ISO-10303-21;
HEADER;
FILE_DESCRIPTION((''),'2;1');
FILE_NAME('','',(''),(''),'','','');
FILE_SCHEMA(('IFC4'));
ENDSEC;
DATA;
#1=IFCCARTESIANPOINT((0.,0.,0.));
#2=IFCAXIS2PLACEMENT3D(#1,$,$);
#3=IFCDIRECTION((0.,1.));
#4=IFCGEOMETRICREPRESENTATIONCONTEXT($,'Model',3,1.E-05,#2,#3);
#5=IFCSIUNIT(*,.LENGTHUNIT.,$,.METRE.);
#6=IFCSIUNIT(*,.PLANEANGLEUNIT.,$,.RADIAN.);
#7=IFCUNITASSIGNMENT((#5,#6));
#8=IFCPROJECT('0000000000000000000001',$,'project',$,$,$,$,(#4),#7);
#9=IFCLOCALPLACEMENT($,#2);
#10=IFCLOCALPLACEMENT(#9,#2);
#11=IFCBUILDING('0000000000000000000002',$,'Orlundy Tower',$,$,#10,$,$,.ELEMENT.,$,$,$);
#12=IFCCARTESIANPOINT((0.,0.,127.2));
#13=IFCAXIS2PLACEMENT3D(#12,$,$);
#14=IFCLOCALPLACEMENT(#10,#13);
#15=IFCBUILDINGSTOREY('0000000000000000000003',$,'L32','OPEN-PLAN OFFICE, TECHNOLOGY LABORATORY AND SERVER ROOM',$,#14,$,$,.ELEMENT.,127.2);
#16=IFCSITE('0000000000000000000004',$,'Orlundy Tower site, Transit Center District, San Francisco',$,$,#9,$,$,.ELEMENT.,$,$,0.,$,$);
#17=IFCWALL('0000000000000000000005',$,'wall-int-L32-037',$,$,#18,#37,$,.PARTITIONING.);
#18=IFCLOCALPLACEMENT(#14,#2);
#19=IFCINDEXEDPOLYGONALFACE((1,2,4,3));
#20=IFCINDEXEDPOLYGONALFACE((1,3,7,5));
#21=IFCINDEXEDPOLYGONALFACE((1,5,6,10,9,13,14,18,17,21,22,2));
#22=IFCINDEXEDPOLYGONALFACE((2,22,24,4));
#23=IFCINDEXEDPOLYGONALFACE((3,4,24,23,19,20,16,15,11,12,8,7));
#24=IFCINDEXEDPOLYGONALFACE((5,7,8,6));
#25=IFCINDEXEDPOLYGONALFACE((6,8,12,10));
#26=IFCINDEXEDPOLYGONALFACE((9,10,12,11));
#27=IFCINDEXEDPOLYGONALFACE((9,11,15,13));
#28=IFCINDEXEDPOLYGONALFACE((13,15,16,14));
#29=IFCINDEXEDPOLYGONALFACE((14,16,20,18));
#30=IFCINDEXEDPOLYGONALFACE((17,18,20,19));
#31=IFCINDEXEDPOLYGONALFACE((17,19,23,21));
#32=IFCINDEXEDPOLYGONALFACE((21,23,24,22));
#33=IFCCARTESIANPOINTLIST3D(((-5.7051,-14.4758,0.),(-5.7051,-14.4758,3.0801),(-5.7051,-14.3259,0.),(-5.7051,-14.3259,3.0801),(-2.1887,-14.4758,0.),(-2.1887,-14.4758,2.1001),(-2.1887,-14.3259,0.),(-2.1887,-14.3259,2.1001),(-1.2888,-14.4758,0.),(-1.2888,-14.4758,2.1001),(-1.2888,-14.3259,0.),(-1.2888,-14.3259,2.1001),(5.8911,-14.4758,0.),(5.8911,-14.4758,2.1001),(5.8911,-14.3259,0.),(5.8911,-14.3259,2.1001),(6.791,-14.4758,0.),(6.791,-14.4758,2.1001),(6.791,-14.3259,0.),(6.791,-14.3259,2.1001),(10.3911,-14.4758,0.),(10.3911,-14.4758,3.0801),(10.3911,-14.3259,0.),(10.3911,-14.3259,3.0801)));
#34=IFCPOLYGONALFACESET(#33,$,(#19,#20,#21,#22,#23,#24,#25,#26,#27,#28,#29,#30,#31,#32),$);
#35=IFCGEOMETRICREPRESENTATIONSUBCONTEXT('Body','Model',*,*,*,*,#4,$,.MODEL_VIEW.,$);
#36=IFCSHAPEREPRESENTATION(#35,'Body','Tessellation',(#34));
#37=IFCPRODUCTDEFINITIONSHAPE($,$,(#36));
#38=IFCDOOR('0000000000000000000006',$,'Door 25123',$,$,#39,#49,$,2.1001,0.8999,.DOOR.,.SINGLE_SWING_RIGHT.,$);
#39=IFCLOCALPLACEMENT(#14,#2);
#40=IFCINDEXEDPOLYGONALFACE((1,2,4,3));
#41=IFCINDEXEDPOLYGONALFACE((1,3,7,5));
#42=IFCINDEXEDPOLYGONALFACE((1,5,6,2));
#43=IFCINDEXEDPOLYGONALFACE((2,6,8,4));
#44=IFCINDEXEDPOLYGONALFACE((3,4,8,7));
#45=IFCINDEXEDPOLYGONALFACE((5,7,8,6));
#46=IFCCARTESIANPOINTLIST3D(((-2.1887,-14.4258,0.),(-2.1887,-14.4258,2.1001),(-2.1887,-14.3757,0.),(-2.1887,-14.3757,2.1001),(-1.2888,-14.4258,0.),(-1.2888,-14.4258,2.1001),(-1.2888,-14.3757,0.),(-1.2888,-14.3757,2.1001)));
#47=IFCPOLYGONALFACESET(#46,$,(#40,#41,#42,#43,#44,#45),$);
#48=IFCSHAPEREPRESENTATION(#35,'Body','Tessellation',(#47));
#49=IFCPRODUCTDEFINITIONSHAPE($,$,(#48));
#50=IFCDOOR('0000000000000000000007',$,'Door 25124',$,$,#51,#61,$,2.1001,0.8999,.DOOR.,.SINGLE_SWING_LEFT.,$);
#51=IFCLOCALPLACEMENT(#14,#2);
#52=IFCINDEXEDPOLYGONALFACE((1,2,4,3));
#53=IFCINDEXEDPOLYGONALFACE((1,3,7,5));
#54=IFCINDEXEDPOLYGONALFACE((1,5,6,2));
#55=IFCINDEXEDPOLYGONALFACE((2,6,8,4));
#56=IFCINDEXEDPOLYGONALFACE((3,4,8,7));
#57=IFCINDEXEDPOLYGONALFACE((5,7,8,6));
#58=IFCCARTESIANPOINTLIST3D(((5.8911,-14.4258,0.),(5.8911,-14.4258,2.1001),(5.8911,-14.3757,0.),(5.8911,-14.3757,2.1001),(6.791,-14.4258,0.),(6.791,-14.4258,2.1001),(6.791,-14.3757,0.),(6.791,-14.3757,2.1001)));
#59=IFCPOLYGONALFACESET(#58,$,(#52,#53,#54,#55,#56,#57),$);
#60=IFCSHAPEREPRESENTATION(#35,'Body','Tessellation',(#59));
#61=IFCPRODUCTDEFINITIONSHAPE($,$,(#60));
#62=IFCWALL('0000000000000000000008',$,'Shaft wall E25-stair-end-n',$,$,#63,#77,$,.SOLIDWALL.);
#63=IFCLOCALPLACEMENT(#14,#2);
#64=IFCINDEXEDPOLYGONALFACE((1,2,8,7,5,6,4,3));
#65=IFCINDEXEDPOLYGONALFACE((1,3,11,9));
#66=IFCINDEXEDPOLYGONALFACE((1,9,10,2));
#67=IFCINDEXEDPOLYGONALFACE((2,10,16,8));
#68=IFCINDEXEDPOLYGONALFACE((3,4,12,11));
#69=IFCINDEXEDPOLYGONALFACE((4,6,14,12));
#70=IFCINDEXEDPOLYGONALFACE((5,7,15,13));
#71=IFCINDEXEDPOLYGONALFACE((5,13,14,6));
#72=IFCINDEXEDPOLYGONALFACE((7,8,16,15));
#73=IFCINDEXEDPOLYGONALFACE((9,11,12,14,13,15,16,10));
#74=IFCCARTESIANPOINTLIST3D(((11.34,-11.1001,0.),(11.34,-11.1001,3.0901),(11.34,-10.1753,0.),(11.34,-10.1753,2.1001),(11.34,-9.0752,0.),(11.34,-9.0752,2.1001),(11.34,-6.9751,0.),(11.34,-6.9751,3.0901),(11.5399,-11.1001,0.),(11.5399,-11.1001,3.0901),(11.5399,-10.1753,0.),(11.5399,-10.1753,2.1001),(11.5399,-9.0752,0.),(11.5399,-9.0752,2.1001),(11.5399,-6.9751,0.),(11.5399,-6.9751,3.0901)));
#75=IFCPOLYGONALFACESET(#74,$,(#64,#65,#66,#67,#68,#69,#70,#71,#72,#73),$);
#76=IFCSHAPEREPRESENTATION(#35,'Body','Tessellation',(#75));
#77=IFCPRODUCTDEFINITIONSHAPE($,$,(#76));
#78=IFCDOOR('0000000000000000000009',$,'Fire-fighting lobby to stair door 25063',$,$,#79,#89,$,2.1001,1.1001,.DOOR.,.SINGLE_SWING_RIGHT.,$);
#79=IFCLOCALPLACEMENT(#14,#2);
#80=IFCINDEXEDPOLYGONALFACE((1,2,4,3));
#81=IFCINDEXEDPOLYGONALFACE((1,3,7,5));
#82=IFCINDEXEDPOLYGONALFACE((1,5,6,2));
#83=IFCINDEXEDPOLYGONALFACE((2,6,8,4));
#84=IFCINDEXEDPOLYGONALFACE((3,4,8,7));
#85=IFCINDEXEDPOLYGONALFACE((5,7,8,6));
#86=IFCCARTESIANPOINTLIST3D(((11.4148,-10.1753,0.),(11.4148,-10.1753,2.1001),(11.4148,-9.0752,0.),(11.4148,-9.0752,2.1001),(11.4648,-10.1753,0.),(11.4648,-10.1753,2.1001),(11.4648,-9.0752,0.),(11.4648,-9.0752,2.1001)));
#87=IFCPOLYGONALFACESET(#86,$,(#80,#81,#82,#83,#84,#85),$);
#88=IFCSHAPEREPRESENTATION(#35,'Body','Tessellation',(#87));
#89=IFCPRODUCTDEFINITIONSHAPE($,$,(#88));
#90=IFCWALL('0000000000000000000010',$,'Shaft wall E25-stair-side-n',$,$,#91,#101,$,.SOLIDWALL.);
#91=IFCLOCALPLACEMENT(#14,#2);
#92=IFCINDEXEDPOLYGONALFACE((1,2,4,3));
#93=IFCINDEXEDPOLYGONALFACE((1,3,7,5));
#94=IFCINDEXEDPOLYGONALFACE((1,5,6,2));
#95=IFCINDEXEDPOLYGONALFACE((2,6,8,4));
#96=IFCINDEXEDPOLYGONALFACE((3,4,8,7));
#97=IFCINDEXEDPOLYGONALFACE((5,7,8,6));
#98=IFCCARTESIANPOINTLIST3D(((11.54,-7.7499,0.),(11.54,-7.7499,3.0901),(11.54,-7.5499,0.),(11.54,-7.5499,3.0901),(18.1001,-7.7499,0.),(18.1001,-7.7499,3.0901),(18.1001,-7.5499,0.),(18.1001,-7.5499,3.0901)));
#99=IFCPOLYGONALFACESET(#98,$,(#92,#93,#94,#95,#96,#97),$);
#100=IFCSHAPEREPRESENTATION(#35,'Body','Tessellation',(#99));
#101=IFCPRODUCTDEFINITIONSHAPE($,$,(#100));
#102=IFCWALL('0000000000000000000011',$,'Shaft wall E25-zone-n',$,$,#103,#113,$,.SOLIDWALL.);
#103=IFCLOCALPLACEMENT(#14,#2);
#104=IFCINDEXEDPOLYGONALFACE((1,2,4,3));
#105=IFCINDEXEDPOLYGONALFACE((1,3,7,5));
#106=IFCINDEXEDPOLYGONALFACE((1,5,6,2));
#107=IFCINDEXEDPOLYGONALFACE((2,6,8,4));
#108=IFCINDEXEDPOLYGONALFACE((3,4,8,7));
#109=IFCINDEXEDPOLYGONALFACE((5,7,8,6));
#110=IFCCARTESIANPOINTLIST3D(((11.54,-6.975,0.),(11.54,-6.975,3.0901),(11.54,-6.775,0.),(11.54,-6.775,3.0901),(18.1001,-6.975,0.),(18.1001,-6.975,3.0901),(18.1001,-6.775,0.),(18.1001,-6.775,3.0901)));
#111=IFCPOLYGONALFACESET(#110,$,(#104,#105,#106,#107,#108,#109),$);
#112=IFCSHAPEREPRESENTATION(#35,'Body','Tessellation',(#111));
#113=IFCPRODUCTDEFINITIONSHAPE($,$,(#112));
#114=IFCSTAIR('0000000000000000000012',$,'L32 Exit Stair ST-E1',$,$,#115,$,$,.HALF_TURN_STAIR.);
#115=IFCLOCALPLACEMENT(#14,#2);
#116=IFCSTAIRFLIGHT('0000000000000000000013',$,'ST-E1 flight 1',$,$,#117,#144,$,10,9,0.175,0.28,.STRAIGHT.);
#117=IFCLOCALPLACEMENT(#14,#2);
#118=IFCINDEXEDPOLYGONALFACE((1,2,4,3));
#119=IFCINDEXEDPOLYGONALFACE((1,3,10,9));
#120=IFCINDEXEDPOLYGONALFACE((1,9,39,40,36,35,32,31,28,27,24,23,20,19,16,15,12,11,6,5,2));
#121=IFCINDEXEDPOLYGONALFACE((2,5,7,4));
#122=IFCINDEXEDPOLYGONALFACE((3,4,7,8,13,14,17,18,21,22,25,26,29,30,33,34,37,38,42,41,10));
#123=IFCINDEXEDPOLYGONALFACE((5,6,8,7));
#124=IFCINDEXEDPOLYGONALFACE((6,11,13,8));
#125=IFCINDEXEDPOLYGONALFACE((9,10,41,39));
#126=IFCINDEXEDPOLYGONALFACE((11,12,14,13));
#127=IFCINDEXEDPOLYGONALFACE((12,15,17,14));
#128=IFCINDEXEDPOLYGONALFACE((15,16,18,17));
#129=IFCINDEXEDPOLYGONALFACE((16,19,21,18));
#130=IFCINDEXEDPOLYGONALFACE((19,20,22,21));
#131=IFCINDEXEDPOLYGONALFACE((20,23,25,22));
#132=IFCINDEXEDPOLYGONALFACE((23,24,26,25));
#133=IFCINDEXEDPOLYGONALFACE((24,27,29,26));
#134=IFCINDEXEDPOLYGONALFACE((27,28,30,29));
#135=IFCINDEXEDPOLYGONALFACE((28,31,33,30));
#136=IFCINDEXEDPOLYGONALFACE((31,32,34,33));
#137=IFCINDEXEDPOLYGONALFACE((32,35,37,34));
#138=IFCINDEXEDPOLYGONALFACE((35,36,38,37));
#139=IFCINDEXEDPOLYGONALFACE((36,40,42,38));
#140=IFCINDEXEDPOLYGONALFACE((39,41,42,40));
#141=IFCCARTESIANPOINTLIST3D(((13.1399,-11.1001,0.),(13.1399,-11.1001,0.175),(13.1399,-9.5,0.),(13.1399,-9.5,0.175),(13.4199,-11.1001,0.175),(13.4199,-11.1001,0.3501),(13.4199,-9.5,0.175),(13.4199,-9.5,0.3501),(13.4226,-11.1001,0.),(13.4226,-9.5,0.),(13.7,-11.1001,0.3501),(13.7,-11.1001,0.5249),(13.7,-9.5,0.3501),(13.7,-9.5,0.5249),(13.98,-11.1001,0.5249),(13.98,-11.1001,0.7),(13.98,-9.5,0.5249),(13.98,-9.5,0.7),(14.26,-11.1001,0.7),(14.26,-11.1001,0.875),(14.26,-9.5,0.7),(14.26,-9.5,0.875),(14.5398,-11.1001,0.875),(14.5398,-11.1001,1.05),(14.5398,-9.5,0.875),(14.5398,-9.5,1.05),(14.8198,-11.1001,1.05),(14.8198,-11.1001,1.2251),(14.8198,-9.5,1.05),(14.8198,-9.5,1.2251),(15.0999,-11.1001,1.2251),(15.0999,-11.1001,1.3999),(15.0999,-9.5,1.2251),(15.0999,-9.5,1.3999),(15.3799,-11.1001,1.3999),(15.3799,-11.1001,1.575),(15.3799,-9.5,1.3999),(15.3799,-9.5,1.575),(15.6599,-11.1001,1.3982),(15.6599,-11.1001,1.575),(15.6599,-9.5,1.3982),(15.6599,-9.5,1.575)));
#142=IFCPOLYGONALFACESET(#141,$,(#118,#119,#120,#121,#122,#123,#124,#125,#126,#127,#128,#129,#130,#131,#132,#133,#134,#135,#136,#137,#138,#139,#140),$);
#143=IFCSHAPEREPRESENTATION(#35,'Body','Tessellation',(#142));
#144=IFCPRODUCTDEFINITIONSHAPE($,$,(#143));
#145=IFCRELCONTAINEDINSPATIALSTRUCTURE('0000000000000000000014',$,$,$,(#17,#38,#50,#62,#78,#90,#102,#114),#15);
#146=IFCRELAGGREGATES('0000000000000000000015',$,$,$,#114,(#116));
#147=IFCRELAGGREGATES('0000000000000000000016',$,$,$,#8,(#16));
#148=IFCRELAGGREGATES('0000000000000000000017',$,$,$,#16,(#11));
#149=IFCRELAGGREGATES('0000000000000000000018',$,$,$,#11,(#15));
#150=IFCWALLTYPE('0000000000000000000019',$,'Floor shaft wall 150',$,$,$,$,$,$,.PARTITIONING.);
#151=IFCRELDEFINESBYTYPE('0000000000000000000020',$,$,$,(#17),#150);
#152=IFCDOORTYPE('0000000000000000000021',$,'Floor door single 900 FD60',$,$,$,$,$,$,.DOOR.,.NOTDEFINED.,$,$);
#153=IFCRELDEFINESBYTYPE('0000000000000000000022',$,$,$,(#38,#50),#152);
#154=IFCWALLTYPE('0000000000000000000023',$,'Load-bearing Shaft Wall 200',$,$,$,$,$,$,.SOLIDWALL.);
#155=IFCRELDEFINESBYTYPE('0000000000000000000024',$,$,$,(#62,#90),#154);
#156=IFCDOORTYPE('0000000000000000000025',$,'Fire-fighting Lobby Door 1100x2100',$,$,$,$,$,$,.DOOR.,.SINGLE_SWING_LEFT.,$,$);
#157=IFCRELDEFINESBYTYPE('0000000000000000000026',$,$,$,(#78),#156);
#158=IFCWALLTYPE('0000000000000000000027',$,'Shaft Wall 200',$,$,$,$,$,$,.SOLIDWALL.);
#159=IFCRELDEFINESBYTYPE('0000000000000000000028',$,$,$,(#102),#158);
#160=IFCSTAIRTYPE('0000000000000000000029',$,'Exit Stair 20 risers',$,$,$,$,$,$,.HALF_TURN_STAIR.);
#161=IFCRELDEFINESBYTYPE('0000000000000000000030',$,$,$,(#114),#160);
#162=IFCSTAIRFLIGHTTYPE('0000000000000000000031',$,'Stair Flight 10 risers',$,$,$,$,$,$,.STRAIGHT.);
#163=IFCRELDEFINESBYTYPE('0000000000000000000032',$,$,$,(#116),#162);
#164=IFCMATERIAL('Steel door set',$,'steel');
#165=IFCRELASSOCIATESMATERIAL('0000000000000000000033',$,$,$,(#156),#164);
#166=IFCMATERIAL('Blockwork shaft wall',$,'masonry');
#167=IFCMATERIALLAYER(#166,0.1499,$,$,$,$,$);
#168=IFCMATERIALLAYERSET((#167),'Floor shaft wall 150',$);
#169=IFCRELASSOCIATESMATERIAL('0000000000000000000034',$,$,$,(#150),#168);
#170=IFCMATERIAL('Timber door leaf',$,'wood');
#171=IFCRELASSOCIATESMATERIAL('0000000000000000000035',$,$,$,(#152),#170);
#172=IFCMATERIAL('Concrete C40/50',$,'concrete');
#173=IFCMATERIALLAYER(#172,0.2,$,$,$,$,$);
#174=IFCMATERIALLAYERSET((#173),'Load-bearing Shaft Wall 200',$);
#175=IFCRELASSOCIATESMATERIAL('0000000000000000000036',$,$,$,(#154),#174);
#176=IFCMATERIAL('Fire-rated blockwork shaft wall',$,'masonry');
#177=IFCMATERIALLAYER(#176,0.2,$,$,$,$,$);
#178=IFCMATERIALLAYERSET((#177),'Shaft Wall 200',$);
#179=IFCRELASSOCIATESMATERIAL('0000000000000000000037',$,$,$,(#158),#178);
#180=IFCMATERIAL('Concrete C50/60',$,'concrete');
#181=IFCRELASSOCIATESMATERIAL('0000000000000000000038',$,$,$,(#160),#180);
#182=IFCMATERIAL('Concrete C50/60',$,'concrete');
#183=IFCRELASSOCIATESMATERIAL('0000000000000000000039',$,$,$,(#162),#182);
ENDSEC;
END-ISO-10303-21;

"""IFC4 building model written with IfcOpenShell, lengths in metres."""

from ifc_helpers import new_model, si_unit, direction, frame, frame_2d, origin, place, context, subcontext, project, spatial, polyline, rectangle, outline, extrude, material, layer, layer_set, type_object, element, fill, aggregate, save


model = new_model("IFC4")

# Units and contexts
model_context = context("Model", 3, precision=1e-05, world=origin(), true_north=direction((0.0, 1.0)))
body_context = subcontext(model_context, "Body", "Model", "MODEL_VIEW")
ifc_project = project(units=[si_unit("LENGTHUNIT", "METRE"), si_unit("PLANEANGLEUNIT", "RADIAN")], contexts=[model_context])

# Site, building, storey
site_placement = place(None, origin())
site = spatial("IfcSite", under=ifc_project, at=site_placement, Name="Orlundy Tower site, Transit Center District, San Francisco", CompositionType="ELEMENT", RefElevation=0.0)
building_placement = place(site_placement, origin())
building = spatial("IfcBuilding", under=site, at=building_placement, Name="Orlundy Tower", CompositionType="ELEMENT")
storey_placement = place(building_placement, frame((0.0, 0.0, 127.2)))
storey = spatial("IfcBuildingStorey", under=building, at=storey_placement, Name="L32", Description="OPEN-PLAN OFFICE, TECHNOLOGY LABORATORY AND SERVER ROOM", CompositionType="ELEMENT", Elevation=127.2)

# Shared definitions
ifc_material_1 = material(Name="Steel door set", Category="steel")
door_type_1 = type_object("IfcDoorType", Name="Fire-fighting Lobby Door 1100x2100", OperationType="SINGLE_SWING_LEFT", PredefinedType="DOOR", material=ifc_material_1)

# Wall, openings, doors
ifc_material_2 = material(Name="Blockwork shaft wall", Category="masonry")
ifc_layer_1 = layer(ifc_material_2, 0.1499)
ifc_layer_set_1 = layer_set([ifc_layer_1], Name="Floor shaft wall 150")
wall_type_1 = type_object("IfcWallType", Name="Floor shaft wall 150", PredefinedType="PARTITIONING", material=ifc_layer_set_1)
wall_1_placement = place(storey_placement, frame((10.3911, -14.4009, 0.0), z_axis=(0.0, 0.0, 1.0), x_axis=(-1.0, 0.0, 0.0)))
wall_1 = element("IfcWall", 1, at=wall_1_placement, inside=storey, type_object=wall_type_1, Name="wall-int-L32-037", PredefinedType="PARTITIONING", context=body_context, shape_type="SweptSolid", body=[
    extrude(rectangle(XDim=16.0962, YDim=0.1499, at=frame_2d((8.0481, 0.0))), origin(), (0.0, 0.0, 1.0), 3.0801),
])
opening_1_placement = place(wall_1_placement, frame((11.6799, 0.0, 0.0)))
opening_1 = element("IfcOpeningElement", 2, at=opening_1_placement, cuts=wall_1, PredefinedType="OPENING", context=body_context, shape_type="SweptSolid", body=[
    extrude(rectangle(XDim=0.8999, YDim=2.1001, at=frame_2d((0.45, 1.05))), frame((0.0, 0.085, 0.0), z_axis=(0.0, -1.0, 0.0), x_axis=(1.0, 0.0, 0.0)), (0.0, 0.0, 1.0), 0.1699),
])
opening_2_placement = place(wall_1_placement, frame((3.6001, 0.0, 0.0)))
opening_2 = element("IfcOpeningElement", 3, at=opening_2_placement, cuts=wall_1, PredefinedType="OPENING", context=body_context, shape_type="SweptSolid", body=[
    extrude(rectangle(XDim=0.8999, YDim=2.1001, at=frame_2d((0.45, 1.05))), frame((0.0, 0.085, 0.0), z_axis=(0.0, -1.0, 0.0), x_axis=(1.0, 0.0, 0.0)), (0.0, 0.0, 1.0), 0.1699),
])
ifc_material_3 = material(Name="Timber door leaf", Category="wood")
door_type_2 = type_object("IfcDoorType", Name="Floor door single 900 FD60", OperationType="NOTDEFINED", PredefinedType="DOOR", material=ifc_material_3)
door_1_placement = place(opening_1_placement, origin())
door_1 = element("IfcDoor", 4, at=door_1_placement, inside=storey, type_object=door_type_2, Name="Door 25123", OperationType="SINGLE_SWING_RIGHT", OverallHeight=2.1001, OverallWidth=0.8999, PredefinedType="DOOR", context=body_context, shape_type="SweptSolid", body=[
    extrude(rectangle(XDim=0.8999, YDim=2.1001, at=frame_2d((0.45, 1.05))), frame((0.0, 0.0249, 0.0), z_axis=(0.0, -1.0, 0.0), x_axis=(1.0, 0.0, 0.0)), (0.0, 0.0, 1.0), 0.05),
])
fill(opening_1, door_1)
door_2_placement = place(opening_2_placement, origin())
door_2 = element("IfcDoor", 5, at=door_2_placement, inside=storey, type_object=door_type_2, Name="Door 25124", OperationType="SINGLE_SWING_LEFT", OverallHeight=2.1001, OverallWidth=0.8999, PredefinedType="DOOR", context=body_context, shape_type="SweptSolid", body=[
    extrude(rectangle(XDim=0.8999, YDim=2.1001, at=frame_2d((0.45, 1.05))), frame((0.0, 0.0249, 0.0), z_axis=(0.0, -1.0, 0.0), x_axis=(1.0, 0.0, 0.0)), (0.0, 0.0, 1.0), 0.05),
])
fill(opening_2, door_2)

# Wall, opening, door
ifc_material_4 = material(Name="Concrete C40/50", Category="concrete")
ifc_layer_2 = layer(ifc_material_4, 0.2)
ifc_layer_set_2 = layer_set([ifc_layer_2], Name="Load-bearing Shaft Wall 200")
wall_type_2 = type_object("IfcWallType", Name="Load-bearing Shaft Wall 200", PredefinedType="SOLIDWALL", material=ifc_layer_set_2)
wall_2_placement = place(storey_placement, frame((11.4399, -6.9751, 0.0), z_axis=(0.0, 0.0, 1.0), x_axis=(0.0, -1.0, 0.0)))
wall_2 = element("IfcWall", 6, at=wall_2_placement, inside=storey, type_object=wall_type_2, Name="Shaft wall E25-stair-end-n", PredefinedType="SOLIDWALL", context=body_context, shape_type="SweptSolid", body=[
    extrude(rectangle(XDim=4.125, YDim=0.2, at=frame_2d((2.0625, 0.0))), origin(), (0.0, 0.0, 1.0), 3.0901),
])
opening_3_placement = place(wall_2_placement, frame((2.1001, 0.0, 0.0)))
opening_3 = element("IfcOpeningElement", 7, at=opening_3_placement, cuts=wall_2, PredefinedType="OPENING", context=body_context, shape_type="SweptSolid", body=[
    extrude(rectangle(XDim=1.1001, YDim=2.1001, at=frame_2d((0.55, 1.05))), frame((0.0, 0.1101, 0.0), z_axis=(0.0, -1.0, 0.0), x_axis=(1.0, 0.0, 0.0)), (0.0, 0.0, 1.0), 0.2202),
])
door_3_placement = place(opening_3_placement, origin())
door_3 = element("IfcDoor", 8, at=door_3_placement, inside=storey, type_object=door_type_1, Name="Fire-fighting lobby to stair door 25063", OperationType="SINGLE_SWING_RIGHT", OverallHeight=2.1001, OverallWidth=1.1001, PredefinedType="DOOR", context=body_context, shape_type="SweptSolid", body=[
    extrude(rectangle(XDim=1.1001, YDim=2.1001, at=frame_2d((0.55, 1.05))), frame((0.0, 0.0249, 0.0), z_axis=(0.0, -1.0, 0.0), x_axis=(1.0, 0.0, 0.0)), (0.0, 0.0, 1.0), 0.05),
])
fill(opening_3, door_3)

# Walls
wall_3_placement = place(storey_placement, frame((11.54, -7.6499, 0.0), z_axis=(0.0, 0.0, 1.0), x_axis=(1.0, 0.0, 0.0)))
element("IfcWall", 9, at=wall_3_placement, inside=storey, type_object=wall_type_2, Name="Shaft wall E25-stair-side-n", PredefinedType="SOLIDWALL", context=body_context, shape_type="SweptSolid", body=[
    extrude(rectangle(XDim=6.5601, YDim=0.2, at=frame_2d((3.28, 0.0))), origin(), (0.0, 0.0, 1.0), 3.0901),
])
ifc_material_5 = material(Name="Fire-rated blockwork shaft wall", Category="masonry")
ifc_layer_3 = layer(ifc_material_5, 0.2)
ifc_layer_set_3 = layer_set([ifc_layer_3], Name="Shaft Wall 200")
wall_type_3 = type_object("IfcWallType", Name="Shaft Wall 200", PredefinedType="SOLIDWALL", material=ifc_layer_set_3)
wall_4_placement = place(storey_placement, frame((11.54, -6.875, 0.0), z_axis=(0.0, 0.0, 1.0), x_axis=(1.0, 0.0, 0.0)))
element("IfcWall", 10, at=wall_4_placement, inside=storey, type_object=wall_type_3, Name="Shaft wall E25-zone-n", PredefinedType="SOLIDWALL", context=body_context, shape_type="SweptSolid", body=[
    extrude(rectangle(XDim=6.5601, YDim=0.2, at=frame_2d((3.28, 0.0))), origin(), (0.0, 0.0, 1.0), 3.0901),
])

# Stair, stair flight
ifc_material_6 = material(Name="Concrete C50/60", Category="concrete")
stair_type = type_object("IfcStairType", Name="Exit Stair 20 risers", PredefinedType="HALF_TURN_STAIR", material=ifc_material_6)
stair_placement = place(storey_placement, origin())
stair = element("IfcStair", 11, at=stair_placement, inside=storey, type_object=stair_type, Name="L32 Exit Stair ST-E1", PredefinedType="HALF_TURN_STAIR")
ifc_material_7 = material(Name="Concrete C50/60", Category="concrete")
stair_flight_type = type_object("IfcStairFlightType", Name="Stair Flight 10 risers", PredefinedType="STRAIGHT", material=ifc_material_7)
stair_flight_1_placement = place(storey_placement, frame((13.1399, -10.3, 0.0), z_axis=(0.0, 0.0, 1.0), x_axis=(1.0, 0.0, 0.0)))
stair_flight_1 = element("IfcStairFlight", 12, at=stair_flight_1_placement, type_object=stair_flight_type, Name="ST-E1 flight 1", NumberOfRisers=10, NumberOfTreads=9, PredefinedType="STRAIGHT", RiserHeight=0.175, TreadLength=0.28, context=body_context, shape_type="SweptSolid", body=[
    extrude(outline(polyline([(0.0, 0.0), (0.0, 0.175), (0.28, 0.175), (0.28, 0.3501), (0.5601, 0.3501), (0.5601, 0.5249), (0.8401, 0.5249), (0.8401, 0.7), (1.1201, 0.7), (1.1201, 0.875), (1.3999, 0.875), (1.3999, 1.05), (1.6799, 1.05), (1.6799, 1.2251), (1.96, 1.2251), (1.96, 1.3999), (2.24, 1.3999), (2.24, 1.575), (2.52, 1.575), (2.52, 1.75), (2.52, 1.3982), (0.2827, 0.0), (0.0, 0.0)])), frame((0.0, 0.8, 0.0), z_axis=(0.0, -1.0, 0.0), x_axis=(1.0, 0.0, 0.0)), (0.0, 0.0, 1.0), 1.6001),
])
aggregate(stair, [stair_flight_1])

save(model, "model.ifc")
